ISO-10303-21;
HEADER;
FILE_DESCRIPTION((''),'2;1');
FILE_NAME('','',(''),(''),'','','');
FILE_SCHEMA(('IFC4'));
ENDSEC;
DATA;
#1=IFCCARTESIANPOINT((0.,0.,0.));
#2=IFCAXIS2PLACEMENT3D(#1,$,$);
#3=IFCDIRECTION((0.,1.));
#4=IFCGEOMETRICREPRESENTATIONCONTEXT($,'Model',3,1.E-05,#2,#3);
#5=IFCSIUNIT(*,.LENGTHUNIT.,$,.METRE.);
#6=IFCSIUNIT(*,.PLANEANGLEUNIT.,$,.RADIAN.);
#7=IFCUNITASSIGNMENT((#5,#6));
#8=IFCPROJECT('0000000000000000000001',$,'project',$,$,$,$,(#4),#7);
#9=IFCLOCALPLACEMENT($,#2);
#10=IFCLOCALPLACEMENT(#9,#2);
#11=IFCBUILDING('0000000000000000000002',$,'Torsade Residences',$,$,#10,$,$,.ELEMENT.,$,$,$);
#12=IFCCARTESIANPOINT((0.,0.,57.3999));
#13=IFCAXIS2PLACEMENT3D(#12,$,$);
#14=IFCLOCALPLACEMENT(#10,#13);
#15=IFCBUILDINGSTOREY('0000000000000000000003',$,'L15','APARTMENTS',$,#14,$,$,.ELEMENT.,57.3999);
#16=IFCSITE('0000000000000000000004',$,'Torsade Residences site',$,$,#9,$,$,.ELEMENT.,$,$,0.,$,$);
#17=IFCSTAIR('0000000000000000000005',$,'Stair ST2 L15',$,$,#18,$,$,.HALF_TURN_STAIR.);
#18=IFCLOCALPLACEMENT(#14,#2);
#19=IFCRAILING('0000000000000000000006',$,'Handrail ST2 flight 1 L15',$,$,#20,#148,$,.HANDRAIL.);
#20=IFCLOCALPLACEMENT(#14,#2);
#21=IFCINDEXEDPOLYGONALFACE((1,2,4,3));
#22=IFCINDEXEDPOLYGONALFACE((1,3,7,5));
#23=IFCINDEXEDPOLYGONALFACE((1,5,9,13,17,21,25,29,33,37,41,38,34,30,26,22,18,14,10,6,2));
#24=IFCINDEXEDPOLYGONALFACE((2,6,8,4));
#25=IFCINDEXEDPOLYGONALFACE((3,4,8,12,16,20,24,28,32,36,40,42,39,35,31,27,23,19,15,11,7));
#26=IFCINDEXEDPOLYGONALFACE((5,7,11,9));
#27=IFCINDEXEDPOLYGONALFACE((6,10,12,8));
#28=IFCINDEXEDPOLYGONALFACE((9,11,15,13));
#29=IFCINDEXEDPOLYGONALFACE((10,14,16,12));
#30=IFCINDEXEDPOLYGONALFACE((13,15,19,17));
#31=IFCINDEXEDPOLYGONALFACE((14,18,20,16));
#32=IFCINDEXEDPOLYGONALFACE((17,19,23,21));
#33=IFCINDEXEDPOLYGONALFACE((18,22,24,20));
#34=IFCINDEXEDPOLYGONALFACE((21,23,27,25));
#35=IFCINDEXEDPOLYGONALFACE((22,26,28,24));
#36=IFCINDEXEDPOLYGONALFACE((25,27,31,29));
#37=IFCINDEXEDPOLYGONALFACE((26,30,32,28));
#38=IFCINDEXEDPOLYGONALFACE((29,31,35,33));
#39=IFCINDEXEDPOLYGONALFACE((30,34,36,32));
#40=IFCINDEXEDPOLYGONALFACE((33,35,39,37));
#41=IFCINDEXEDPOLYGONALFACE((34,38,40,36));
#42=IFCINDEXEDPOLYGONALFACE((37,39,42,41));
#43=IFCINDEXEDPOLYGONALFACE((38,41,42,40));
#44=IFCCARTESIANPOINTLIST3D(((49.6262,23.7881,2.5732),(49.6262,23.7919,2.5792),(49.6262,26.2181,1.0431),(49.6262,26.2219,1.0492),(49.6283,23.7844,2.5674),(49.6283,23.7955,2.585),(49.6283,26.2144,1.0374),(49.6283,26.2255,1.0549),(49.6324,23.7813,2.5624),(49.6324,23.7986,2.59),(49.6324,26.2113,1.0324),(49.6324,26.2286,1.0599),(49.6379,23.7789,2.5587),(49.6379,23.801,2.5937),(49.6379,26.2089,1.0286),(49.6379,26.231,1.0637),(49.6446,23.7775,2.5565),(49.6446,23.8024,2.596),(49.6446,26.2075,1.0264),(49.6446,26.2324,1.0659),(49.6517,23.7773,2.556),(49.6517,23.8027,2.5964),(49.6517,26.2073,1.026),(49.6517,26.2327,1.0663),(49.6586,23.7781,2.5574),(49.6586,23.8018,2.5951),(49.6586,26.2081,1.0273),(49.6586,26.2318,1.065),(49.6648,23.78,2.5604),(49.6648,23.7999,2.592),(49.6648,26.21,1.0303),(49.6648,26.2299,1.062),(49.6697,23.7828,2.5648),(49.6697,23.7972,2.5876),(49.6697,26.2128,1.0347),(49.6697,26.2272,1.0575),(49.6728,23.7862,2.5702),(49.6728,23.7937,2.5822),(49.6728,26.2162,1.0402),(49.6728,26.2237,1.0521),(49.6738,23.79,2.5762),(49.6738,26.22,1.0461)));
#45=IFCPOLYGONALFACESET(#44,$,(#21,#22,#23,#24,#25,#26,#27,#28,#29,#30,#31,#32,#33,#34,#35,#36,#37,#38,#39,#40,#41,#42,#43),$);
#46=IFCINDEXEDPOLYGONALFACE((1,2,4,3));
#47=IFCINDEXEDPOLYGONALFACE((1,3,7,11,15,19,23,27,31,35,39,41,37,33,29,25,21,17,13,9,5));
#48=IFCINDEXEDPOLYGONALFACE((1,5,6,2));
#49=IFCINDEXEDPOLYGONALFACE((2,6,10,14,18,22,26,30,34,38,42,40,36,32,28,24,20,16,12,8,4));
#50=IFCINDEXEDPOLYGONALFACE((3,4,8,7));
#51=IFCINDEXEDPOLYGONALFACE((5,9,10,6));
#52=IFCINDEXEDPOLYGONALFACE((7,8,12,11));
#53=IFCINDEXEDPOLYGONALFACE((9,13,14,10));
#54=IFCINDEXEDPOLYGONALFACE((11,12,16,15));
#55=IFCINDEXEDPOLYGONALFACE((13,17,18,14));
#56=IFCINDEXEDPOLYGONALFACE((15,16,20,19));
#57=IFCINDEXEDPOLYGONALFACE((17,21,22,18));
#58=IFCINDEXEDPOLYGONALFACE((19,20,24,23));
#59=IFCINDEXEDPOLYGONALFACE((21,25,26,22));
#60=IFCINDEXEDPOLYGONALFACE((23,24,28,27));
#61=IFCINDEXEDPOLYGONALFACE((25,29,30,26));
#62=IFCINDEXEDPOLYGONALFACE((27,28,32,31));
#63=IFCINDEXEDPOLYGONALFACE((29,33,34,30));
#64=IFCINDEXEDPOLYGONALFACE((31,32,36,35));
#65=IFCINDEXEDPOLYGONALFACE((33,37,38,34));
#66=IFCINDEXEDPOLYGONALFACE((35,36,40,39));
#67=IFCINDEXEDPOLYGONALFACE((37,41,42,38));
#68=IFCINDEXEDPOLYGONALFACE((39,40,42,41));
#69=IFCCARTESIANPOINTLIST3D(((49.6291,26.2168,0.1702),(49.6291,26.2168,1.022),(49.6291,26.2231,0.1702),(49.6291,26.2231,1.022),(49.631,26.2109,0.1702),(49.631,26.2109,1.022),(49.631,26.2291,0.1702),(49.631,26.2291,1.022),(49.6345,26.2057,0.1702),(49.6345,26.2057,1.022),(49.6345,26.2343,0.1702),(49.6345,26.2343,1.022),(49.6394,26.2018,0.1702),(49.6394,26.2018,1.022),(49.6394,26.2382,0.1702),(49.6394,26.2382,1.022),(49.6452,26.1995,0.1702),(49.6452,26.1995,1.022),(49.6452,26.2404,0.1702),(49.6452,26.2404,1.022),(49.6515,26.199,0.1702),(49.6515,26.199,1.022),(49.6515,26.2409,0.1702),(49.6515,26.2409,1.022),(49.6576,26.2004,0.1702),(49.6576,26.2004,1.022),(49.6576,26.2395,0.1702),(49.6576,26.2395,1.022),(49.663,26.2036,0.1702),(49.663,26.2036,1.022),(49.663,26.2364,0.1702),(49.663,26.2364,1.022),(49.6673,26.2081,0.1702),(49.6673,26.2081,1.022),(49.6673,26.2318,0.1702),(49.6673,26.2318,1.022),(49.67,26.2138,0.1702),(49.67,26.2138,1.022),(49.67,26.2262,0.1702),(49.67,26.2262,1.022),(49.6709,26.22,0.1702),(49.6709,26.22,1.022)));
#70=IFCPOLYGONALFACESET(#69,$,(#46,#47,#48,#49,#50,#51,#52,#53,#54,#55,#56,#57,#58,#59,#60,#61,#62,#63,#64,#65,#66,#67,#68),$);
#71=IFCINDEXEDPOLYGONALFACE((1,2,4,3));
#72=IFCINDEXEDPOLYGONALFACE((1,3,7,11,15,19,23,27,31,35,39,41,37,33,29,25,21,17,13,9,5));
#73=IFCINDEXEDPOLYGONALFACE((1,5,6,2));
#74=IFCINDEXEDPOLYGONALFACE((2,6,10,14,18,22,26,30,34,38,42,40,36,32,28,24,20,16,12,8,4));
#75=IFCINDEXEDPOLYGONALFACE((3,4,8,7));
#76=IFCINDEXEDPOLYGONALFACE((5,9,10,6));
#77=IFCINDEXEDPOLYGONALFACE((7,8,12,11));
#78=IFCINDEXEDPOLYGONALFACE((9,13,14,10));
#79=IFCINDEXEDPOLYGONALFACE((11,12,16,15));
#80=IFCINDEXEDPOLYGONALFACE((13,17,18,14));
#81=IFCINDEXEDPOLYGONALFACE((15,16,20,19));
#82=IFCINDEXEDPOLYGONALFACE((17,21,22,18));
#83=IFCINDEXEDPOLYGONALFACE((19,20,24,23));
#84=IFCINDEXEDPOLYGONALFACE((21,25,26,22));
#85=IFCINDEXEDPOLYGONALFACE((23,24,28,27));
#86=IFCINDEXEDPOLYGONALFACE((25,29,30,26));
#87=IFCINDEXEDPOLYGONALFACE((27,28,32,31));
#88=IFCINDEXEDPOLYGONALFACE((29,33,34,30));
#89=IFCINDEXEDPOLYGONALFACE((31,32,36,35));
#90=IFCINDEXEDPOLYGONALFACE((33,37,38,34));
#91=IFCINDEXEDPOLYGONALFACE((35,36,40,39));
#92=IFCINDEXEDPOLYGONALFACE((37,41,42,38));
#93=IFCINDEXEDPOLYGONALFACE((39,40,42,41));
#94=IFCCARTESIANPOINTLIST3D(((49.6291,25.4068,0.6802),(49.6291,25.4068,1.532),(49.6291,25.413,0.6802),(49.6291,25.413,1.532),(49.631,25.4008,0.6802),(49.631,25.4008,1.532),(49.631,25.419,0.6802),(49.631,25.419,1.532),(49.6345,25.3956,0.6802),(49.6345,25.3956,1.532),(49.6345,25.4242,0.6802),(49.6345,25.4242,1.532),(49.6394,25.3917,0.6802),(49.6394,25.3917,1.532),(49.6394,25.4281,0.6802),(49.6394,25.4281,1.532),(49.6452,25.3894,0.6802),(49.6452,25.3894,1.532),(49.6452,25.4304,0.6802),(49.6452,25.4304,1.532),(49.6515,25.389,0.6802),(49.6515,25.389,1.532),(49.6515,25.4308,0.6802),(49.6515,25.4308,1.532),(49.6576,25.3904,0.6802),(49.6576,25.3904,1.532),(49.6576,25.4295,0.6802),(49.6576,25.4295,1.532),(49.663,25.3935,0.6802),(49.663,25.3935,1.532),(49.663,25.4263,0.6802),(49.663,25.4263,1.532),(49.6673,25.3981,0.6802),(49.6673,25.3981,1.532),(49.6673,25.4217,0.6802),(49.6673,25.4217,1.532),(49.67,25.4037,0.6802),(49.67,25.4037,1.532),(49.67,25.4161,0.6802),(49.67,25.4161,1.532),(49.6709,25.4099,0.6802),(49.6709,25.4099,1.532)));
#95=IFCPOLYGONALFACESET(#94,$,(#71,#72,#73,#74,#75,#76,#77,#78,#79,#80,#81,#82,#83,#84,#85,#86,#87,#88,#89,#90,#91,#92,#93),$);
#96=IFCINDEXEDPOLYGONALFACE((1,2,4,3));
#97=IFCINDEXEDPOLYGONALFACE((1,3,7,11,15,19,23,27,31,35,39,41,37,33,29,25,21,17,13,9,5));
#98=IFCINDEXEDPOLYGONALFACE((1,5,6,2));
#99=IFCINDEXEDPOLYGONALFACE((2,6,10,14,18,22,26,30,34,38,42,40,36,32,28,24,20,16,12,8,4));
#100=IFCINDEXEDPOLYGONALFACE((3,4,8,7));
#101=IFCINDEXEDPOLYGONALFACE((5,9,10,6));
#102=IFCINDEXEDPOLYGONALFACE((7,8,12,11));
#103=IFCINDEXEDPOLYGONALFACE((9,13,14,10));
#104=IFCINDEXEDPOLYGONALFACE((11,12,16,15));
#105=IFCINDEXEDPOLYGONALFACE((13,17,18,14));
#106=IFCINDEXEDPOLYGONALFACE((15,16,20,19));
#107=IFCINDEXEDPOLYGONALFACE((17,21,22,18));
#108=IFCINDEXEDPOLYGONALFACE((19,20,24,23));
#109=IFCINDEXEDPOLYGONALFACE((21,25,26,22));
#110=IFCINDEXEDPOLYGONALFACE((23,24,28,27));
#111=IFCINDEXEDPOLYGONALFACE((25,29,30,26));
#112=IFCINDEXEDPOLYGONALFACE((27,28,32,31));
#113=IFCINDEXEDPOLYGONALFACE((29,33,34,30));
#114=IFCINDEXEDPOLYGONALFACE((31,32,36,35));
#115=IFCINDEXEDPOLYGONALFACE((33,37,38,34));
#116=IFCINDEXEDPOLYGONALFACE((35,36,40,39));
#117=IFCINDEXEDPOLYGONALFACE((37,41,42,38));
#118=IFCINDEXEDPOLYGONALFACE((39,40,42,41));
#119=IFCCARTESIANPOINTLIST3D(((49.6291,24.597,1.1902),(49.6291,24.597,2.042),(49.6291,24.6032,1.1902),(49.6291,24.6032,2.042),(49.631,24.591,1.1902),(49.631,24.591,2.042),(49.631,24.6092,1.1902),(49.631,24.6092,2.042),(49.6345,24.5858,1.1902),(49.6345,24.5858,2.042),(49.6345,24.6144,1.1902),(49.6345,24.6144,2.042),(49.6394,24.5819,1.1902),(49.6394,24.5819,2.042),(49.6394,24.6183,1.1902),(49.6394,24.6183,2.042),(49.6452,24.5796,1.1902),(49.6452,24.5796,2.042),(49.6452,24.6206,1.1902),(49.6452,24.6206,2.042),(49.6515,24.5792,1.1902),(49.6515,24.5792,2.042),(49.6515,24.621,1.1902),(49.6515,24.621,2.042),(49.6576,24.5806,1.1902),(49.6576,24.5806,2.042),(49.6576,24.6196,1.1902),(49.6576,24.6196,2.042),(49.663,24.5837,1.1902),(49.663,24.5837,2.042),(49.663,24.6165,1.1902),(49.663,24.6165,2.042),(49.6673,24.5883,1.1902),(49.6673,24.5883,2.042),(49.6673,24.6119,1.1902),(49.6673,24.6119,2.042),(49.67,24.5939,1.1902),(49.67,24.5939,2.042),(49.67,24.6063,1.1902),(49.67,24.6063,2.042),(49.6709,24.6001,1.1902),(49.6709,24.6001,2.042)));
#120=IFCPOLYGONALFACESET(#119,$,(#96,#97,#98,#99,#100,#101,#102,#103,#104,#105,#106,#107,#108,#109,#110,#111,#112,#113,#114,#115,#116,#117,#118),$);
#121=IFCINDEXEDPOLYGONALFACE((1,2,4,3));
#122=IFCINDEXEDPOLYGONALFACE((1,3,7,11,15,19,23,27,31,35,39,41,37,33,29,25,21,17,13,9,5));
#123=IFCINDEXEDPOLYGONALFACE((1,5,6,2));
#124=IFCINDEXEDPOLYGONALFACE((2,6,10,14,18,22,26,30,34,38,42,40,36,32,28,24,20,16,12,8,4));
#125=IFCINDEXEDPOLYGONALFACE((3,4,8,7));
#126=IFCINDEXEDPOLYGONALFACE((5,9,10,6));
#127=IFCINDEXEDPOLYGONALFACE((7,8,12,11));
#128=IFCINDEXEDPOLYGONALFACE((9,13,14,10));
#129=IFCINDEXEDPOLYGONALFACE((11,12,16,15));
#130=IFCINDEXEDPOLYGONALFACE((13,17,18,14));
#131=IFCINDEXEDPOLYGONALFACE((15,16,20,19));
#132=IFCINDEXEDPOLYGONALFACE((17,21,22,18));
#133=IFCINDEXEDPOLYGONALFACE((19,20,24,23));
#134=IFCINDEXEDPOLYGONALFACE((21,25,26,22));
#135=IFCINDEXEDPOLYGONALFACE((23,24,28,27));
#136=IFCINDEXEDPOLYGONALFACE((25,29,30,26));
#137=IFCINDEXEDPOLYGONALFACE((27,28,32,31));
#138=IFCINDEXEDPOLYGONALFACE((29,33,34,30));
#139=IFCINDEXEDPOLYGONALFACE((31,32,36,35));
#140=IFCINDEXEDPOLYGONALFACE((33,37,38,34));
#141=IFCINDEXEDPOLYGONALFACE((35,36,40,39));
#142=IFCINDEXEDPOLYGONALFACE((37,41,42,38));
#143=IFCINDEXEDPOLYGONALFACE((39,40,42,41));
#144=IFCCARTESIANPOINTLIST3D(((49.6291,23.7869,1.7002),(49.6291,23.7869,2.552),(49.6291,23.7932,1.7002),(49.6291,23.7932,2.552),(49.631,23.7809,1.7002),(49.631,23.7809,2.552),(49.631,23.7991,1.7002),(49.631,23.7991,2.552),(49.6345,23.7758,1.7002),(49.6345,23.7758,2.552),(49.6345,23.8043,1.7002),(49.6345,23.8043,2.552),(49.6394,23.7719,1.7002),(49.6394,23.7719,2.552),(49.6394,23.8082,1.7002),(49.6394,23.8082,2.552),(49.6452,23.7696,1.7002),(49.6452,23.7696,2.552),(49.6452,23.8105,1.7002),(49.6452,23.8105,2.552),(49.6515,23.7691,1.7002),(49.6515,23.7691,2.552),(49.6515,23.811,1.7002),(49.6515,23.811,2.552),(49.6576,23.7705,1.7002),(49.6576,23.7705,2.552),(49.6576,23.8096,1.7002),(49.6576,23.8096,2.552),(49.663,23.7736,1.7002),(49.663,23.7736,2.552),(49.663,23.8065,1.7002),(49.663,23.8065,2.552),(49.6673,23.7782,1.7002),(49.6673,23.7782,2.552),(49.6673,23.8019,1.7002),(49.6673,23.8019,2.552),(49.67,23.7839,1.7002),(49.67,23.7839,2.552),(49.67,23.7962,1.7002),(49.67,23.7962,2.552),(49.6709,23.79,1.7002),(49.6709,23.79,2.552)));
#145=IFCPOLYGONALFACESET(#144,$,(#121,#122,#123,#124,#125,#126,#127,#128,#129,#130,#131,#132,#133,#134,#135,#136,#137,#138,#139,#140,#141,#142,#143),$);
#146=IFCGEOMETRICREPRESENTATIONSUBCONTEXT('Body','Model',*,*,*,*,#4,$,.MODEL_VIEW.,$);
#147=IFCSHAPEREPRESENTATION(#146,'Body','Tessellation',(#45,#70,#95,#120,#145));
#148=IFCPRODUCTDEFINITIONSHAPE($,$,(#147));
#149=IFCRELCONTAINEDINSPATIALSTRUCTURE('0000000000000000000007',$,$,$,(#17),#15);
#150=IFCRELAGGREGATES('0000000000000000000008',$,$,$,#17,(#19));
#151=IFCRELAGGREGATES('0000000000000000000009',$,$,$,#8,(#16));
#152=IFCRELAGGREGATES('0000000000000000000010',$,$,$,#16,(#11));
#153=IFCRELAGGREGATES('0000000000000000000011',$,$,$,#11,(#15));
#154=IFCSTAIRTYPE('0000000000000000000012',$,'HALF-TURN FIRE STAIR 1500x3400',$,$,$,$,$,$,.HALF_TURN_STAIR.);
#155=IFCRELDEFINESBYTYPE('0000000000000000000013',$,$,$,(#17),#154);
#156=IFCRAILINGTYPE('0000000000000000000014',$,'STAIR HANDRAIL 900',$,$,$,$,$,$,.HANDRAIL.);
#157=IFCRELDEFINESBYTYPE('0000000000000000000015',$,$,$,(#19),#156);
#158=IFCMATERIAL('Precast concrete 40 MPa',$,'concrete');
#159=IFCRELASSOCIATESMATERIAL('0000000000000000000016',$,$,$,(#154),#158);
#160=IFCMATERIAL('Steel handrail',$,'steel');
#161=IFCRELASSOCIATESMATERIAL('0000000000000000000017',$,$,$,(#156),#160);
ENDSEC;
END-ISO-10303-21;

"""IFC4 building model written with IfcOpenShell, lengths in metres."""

from ifc_helpers import new_model, si_unit, direction, frame, origin, origin_2d, place, context, subcontext, project, spatial, circle, extrude, material, type_object, element, aggregate, save


model = new_model("IFC4")

# Units and contexts
model_context = context("Model", 3, precision=1e-05, world=origin(), true_north=direction((0.0, 1.0)))
body_context = subcontext(model_context, "Body", "Model", "MODEL_VIEW")
ifc_project = project(units=[si_unit("LENGTHUNIT", "METRE"), si_unit("PLANEANGLEUNIT", "RADIAN")], contexts=[model_context])

# Site, building, storey
site_placement = place(None, origin())
site = spatial("IfcSite", under=ifc_project, at=site_placement, Name="Torsade Residences site", CompositionType="ELEMENT", RefElevation=0.0)
building_placement = place(site_placement, origin())
building = spatial("IfcBuilding", under=site, at=building_placement, Name="Torsade Residences", CompositionType="ELEMENT")
storey_placement = place(building_placement, frame((0.0, 0.0, 57.3999)))
storey = spatial("IfcBuildingStorey", under=building, at=storey_placement, Name="L15", Description="APARTMENTS", CompositionType="ELEMENT", Elevation=57.3999)

# Stair, railing
ifc_material_1 = material(Name="Precast concrete 40 MPa", Category="concrete")
stair_type = type_object("IfcStairType", Name="HALF-TURN FIRE STAIR 1500x3400", PredefinedType="HALF_TURN_STAIR", material=ifc_material_1)
stair_placement = place(storey_placement, origin())
stair = element("IfcStair", 1, at=stair_placement, inside=storey, type_object=stair_type, Name="Stair ST2 L15", PredefinedType="HALF_TURN_STAIR")
ifc_material_2 = material(Name="Steel handrail", Category="steel")
railing_type = type_object("IfcRailingType", Name="STAIR HANDRAIL 900", PredefinedType="HANDRAIL", material=ifc_material_2)
railing_1_placement = place(storey_placement, frame((49.6499, 26.22, 0.1702)))
railing_1 = element("IfcRailing", 2, at=railing_1_placement, type_object=railing_type, Name="Handrail ST2 flight 1 L15", PredefinedType="HANDRAIL", context=body_context, shape_type="SweptSolid", body=[
    extrude(circle(Radius=0.0239, at=origin_2d()), frame((0.0, 0.0, 0.876), z_axis=(0.0, -0.846221, 0.532831), x_axis=(1.0, 0.0, 0.0)), (0.0, 0.0, 1.0), 2.8716),
    extrude(circle(Radius=0.021, at=origin_2d()), origin(), (0.0, 0.0, 1.0), 0.8518),
    extrude(circle(Radius=0.021, at=origin_2d()), frame((0.0, -0.8101, 0.51)), (0.0, 0.0, 1.0), 0.8518),
    extrude(circle(Radius=0.021, at=origin_2d()), frame((0.0, -1.6199, 1.02)), (0.0, 0.0, 1.0), 0.8518),
    extrude(circle(Radius=0.021, at=origin_2d()), frame((0.0, -2.4299, 1.53)), (0.0, 0.0, 1.0), 0.8518),
])
aggregate(stair, [railing_1])

save(model, "model.ifc")
